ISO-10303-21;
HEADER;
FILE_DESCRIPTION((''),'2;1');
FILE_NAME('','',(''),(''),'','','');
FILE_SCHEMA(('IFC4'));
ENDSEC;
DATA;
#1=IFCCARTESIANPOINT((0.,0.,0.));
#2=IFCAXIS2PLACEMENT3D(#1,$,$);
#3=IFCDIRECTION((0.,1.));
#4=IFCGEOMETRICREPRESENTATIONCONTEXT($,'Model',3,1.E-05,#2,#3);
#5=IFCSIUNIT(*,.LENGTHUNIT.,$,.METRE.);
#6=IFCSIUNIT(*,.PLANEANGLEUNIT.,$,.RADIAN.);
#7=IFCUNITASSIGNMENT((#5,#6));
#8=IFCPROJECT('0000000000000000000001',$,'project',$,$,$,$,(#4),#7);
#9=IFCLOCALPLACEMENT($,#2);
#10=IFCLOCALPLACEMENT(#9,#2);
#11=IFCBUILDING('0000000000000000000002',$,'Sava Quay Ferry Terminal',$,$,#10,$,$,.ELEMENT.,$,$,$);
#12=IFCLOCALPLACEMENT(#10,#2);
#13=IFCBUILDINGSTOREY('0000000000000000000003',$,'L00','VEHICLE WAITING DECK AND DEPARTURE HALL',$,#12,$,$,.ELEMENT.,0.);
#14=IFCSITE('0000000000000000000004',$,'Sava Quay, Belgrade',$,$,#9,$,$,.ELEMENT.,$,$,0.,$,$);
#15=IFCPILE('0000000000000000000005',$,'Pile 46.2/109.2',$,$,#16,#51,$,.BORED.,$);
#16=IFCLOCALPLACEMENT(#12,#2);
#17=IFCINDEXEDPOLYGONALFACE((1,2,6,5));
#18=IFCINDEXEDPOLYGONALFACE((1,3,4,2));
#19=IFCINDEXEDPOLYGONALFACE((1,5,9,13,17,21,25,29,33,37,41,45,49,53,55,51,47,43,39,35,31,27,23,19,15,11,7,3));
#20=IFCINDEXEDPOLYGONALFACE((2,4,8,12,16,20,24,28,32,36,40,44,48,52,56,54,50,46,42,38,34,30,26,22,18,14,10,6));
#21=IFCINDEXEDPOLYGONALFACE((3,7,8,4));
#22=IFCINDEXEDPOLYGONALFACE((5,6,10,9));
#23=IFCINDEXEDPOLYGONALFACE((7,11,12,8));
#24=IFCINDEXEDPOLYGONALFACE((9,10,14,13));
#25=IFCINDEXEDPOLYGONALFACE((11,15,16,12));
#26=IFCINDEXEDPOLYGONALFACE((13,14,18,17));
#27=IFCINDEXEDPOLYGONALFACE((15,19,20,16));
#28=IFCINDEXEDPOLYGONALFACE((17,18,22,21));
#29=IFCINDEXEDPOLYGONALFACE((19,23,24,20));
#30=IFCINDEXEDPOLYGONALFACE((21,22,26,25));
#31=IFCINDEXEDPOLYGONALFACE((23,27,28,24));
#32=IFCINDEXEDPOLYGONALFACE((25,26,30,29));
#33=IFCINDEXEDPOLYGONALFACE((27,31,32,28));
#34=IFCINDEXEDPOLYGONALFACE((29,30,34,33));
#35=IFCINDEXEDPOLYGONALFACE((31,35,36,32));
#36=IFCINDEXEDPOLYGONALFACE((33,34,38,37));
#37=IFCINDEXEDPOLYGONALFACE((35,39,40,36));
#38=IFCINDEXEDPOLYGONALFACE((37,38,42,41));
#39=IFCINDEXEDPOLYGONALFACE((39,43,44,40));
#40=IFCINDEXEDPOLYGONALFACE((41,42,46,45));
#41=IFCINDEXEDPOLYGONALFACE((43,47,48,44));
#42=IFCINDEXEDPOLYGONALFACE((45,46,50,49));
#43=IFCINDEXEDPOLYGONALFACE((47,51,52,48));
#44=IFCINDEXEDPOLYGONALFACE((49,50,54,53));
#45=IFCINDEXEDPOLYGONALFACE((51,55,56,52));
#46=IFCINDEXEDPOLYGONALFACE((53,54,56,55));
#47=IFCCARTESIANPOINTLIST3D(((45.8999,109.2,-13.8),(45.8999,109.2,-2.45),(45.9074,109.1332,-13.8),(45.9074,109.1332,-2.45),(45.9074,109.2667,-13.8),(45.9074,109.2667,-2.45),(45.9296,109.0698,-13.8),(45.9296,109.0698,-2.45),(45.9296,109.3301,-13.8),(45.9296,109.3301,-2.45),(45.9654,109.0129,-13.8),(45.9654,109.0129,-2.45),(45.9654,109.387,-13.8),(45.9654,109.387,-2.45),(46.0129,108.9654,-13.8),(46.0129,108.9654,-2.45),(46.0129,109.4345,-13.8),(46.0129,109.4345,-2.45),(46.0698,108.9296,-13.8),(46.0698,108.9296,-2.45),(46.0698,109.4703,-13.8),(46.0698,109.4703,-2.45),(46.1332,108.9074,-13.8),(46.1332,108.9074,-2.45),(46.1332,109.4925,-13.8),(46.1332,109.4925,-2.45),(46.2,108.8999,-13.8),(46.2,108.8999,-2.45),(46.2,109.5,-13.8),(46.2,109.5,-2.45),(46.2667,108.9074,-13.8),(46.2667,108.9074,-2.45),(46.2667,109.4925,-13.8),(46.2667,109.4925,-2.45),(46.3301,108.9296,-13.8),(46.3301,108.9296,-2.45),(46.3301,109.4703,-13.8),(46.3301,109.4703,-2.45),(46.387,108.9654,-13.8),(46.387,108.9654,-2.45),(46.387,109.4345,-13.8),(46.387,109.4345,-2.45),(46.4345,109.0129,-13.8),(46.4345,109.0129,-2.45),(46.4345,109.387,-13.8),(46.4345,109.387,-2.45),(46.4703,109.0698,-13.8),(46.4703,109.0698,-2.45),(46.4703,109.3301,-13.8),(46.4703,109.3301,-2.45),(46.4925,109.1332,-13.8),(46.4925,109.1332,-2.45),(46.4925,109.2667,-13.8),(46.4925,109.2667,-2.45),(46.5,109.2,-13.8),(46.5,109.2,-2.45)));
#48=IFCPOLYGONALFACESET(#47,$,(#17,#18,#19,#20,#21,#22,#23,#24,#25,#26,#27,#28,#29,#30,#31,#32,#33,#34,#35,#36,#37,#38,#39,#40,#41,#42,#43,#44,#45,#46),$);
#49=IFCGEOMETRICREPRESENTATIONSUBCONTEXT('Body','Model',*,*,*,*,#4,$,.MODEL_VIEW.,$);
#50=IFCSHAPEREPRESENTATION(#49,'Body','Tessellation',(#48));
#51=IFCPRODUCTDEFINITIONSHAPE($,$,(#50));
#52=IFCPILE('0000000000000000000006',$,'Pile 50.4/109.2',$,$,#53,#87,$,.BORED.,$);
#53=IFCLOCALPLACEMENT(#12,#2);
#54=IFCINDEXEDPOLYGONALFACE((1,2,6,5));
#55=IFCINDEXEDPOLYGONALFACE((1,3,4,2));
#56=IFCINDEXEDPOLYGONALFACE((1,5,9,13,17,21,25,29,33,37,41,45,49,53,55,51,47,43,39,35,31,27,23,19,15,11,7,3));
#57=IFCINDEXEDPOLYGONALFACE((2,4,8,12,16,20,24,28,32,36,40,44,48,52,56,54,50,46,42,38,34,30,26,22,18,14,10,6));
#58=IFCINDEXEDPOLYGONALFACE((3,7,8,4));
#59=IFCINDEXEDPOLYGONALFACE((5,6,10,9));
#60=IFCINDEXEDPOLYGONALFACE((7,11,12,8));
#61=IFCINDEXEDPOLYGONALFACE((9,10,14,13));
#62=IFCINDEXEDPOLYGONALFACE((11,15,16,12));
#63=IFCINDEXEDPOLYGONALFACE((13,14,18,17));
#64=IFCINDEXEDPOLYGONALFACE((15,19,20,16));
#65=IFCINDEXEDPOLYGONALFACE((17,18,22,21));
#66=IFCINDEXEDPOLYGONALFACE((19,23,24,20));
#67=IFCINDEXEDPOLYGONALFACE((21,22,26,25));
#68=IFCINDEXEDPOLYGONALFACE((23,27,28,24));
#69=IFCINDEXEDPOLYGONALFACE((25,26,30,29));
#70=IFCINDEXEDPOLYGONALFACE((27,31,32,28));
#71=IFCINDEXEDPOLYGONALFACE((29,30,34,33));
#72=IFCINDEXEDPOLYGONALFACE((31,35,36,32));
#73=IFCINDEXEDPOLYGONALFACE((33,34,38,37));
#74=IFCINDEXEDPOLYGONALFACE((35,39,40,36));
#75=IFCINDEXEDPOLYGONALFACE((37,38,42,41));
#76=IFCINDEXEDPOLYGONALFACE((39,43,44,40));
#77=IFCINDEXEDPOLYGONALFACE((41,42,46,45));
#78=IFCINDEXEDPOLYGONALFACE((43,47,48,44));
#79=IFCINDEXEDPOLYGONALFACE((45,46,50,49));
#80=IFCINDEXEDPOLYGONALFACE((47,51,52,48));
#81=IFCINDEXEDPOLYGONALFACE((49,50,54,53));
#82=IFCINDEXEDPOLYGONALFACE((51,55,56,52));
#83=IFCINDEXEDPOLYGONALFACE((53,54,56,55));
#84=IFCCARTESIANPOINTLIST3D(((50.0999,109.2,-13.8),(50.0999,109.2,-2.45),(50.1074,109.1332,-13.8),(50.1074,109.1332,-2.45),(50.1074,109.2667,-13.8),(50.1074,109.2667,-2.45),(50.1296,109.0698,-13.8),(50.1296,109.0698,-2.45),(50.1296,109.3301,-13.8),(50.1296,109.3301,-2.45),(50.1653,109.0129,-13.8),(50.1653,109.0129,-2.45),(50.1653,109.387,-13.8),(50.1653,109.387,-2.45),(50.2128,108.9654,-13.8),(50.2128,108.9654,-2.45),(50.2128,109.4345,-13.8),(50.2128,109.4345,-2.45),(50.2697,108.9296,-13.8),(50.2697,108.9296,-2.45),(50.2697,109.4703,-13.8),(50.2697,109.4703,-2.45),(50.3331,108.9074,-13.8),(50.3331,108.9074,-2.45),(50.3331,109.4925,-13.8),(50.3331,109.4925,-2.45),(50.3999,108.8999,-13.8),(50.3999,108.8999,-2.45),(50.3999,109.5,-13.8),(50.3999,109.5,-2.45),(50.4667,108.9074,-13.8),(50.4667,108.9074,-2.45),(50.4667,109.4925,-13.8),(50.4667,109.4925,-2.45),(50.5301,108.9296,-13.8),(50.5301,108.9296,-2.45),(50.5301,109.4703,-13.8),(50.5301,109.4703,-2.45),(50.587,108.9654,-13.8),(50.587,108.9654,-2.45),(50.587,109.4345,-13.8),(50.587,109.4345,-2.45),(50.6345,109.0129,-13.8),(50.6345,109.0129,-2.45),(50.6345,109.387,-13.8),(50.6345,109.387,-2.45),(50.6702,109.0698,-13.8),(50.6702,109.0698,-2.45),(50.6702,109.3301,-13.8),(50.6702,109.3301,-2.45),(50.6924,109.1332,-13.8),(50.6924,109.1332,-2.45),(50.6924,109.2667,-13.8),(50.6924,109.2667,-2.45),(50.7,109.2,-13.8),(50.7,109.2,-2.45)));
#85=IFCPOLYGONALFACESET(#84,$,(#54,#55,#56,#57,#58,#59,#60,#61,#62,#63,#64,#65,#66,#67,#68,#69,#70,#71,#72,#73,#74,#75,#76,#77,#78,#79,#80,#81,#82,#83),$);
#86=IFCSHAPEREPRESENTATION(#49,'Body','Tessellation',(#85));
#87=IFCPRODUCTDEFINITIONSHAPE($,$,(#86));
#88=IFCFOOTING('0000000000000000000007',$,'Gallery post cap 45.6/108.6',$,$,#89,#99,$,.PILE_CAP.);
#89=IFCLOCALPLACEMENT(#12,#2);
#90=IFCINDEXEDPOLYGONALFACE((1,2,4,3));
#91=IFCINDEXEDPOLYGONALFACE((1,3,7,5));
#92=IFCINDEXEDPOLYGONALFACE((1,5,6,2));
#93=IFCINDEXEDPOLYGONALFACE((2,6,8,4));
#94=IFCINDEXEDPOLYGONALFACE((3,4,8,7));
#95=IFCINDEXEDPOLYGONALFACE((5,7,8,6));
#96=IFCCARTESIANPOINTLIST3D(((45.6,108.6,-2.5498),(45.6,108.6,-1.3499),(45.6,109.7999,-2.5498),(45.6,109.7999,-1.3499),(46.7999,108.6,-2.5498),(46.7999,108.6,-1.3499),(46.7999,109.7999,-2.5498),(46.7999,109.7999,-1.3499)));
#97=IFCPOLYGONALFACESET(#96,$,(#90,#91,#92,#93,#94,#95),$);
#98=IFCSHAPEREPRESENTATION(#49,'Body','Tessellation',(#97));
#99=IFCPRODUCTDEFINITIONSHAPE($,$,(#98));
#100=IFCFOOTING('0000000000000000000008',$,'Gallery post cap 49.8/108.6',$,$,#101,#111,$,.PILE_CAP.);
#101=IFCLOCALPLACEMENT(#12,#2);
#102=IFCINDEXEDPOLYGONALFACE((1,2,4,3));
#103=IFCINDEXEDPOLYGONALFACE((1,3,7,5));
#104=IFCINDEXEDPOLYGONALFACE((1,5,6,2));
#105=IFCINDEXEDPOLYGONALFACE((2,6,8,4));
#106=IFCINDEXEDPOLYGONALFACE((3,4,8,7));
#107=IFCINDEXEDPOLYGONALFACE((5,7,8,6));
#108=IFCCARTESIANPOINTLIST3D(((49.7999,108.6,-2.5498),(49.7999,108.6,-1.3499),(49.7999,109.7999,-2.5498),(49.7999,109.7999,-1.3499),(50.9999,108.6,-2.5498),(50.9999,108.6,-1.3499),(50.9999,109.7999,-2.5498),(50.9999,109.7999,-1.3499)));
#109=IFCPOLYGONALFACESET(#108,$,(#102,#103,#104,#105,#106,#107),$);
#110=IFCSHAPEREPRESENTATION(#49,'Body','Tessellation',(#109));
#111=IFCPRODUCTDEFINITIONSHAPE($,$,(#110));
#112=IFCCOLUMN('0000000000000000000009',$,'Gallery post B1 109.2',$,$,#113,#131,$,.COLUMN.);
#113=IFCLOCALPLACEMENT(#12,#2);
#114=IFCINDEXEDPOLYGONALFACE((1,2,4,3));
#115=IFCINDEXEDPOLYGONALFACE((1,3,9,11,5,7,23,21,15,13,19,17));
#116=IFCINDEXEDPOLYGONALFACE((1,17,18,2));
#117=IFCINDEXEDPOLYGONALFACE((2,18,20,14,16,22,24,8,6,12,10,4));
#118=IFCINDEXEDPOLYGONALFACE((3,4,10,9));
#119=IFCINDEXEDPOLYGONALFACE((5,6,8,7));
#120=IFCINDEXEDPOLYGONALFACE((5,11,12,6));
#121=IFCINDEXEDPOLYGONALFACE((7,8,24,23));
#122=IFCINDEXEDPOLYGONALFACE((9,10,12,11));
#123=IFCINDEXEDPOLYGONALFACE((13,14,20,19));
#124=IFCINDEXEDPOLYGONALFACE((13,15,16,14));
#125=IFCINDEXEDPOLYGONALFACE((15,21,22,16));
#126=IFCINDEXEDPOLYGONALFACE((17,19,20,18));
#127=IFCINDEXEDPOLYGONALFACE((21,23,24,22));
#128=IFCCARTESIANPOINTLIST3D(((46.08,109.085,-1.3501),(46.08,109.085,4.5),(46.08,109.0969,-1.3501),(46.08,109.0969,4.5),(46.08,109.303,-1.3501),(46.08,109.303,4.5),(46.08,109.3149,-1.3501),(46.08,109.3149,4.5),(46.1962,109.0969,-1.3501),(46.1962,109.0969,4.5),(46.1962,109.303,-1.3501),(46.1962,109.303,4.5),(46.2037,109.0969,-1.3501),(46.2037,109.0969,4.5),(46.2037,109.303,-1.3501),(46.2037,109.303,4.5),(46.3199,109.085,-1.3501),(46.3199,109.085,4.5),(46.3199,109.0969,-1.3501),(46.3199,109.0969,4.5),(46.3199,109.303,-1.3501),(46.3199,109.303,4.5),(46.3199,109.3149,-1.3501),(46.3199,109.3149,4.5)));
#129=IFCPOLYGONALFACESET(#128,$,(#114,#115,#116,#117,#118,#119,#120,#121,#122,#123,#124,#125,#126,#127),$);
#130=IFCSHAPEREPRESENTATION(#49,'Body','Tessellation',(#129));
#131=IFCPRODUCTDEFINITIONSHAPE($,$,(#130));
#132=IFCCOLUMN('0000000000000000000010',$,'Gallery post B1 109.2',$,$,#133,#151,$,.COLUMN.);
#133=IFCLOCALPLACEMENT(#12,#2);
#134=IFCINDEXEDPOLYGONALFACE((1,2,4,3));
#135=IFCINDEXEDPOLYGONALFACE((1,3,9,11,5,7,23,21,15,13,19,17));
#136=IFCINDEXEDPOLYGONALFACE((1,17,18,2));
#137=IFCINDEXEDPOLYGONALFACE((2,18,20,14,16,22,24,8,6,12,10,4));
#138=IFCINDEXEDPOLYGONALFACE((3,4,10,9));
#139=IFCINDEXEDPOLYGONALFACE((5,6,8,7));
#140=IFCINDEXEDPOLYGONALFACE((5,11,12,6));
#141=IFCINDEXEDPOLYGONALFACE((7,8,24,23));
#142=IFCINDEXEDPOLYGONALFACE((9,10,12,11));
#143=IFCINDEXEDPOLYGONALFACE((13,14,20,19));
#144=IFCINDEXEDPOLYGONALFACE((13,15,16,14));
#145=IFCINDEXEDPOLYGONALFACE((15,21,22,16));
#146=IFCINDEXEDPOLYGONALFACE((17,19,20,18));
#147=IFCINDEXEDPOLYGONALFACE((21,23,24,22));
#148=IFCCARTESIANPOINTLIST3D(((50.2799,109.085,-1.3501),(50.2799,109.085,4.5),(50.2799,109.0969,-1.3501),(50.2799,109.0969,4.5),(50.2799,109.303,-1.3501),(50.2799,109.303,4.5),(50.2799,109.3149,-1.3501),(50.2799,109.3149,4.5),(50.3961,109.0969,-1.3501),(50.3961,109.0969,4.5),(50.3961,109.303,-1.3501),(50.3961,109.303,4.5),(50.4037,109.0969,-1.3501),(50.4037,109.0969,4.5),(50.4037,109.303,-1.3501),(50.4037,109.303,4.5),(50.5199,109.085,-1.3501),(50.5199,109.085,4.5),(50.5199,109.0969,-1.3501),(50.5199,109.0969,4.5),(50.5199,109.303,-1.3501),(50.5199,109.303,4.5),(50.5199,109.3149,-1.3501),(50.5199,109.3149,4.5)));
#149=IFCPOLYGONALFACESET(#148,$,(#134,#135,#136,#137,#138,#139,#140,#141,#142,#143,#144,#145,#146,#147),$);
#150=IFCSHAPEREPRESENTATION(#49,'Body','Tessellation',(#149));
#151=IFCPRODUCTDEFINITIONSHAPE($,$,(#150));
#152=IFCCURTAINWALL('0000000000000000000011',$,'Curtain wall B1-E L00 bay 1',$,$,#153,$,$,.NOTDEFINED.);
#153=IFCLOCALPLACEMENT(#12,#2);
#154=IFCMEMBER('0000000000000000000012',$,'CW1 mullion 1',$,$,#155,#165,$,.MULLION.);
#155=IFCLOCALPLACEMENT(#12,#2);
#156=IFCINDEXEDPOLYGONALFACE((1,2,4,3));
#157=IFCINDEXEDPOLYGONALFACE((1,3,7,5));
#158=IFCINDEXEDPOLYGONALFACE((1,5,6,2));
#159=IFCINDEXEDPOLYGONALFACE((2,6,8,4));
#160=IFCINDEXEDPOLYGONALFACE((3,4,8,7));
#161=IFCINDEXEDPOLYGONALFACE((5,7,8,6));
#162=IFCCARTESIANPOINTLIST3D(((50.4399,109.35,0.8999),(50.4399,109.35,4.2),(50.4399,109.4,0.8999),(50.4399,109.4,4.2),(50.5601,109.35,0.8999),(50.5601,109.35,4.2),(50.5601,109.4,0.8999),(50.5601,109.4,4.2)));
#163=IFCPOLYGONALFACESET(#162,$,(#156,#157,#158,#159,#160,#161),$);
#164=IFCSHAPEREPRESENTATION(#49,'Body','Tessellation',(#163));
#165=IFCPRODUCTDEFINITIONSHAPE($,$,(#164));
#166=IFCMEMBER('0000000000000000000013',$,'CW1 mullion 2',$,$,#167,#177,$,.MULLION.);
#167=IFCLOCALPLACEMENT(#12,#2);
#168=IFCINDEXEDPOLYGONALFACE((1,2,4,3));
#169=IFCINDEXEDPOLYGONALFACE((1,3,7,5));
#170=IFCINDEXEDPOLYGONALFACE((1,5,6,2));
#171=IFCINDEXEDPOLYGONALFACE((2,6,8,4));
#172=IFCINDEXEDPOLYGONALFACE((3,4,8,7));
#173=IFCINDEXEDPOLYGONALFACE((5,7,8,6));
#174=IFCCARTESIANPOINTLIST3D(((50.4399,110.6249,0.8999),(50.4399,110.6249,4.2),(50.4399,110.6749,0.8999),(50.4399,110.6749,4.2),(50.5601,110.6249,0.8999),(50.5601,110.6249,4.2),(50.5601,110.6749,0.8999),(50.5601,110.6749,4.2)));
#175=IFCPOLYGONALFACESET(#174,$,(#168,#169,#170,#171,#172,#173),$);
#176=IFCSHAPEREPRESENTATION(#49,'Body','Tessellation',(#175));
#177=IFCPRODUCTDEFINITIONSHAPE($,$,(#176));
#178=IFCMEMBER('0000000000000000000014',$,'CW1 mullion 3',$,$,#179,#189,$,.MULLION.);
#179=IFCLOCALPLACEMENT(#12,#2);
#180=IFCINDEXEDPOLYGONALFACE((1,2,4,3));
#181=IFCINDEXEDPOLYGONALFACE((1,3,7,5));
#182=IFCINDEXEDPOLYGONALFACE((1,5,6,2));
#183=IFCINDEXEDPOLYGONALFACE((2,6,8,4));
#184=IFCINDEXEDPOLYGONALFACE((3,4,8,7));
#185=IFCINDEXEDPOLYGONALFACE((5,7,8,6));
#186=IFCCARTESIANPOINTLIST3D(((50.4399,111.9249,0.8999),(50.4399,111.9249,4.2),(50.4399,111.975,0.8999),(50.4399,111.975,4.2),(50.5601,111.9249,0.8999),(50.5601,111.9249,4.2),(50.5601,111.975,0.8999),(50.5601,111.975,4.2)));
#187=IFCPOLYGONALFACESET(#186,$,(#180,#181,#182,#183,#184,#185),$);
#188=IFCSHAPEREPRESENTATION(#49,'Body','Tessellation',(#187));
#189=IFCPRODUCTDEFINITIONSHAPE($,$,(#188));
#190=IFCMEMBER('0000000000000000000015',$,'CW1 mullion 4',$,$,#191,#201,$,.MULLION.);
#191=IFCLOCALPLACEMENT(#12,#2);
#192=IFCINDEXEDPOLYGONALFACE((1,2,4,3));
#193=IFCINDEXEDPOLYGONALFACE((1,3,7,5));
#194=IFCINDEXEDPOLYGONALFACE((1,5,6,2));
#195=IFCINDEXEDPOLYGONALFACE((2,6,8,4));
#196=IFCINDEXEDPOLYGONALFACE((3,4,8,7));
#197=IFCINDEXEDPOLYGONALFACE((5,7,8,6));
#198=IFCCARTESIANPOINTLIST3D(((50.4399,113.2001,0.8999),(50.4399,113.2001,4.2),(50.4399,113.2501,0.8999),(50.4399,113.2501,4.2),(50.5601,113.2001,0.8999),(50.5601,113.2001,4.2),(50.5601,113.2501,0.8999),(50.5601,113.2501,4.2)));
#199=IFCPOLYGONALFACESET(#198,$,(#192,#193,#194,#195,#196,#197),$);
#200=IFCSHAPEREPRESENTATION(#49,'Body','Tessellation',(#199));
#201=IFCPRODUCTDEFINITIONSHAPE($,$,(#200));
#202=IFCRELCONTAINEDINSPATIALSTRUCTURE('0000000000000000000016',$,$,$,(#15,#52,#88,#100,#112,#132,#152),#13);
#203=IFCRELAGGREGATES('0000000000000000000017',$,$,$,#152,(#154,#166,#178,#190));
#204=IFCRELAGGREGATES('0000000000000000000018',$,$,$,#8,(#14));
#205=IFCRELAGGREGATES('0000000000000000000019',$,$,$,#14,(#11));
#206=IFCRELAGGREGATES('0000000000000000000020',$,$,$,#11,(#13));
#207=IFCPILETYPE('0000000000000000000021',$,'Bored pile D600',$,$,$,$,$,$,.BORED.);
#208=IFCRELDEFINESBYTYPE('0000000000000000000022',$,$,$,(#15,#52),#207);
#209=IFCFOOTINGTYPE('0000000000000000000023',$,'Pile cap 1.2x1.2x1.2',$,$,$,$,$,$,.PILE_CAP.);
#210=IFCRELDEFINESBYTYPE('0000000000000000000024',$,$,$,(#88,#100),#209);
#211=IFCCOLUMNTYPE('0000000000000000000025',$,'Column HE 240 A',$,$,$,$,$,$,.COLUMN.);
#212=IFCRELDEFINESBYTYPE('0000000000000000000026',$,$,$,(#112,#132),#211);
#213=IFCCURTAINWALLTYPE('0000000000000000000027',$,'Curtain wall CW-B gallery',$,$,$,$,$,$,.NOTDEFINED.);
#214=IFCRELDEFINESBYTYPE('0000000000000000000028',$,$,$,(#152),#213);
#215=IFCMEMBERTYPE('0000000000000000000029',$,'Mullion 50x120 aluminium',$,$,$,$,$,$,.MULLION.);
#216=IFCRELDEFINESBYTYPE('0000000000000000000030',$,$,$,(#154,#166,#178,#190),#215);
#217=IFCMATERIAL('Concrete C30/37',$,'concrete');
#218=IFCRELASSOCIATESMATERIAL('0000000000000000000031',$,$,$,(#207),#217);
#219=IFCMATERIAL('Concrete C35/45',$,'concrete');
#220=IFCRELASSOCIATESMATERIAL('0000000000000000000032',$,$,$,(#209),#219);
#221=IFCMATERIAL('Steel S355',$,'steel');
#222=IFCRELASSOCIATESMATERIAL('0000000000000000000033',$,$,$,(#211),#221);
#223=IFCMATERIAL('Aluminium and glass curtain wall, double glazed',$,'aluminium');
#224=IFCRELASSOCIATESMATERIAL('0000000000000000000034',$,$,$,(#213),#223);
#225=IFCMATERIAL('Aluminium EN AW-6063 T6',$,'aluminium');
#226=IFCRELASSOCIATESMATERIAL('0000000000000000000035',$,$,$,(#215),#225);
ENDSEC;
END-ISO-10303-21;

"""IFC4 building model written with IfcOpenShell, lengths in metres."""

from ifc_helpers import new_model, si_unit, direction, frame, origin, origin_2d, place, context, subcontext, project, spatial, rectangle, circle, i_section, extrude, material, material_profile, profile_set, type_object, element, aggregate, save


model = new_model("IFC4")

# Units and contexts
model_context = context("Model", 3, precision=1e-05, world=origin(), true_north=direction((0.0, 1.0)))
body_context = subcontext(model_context, "Body", "Model", "MODEL_VIEW")
ifc_project = project(units=[si_unit("LENGTHUNIT", "METRE"), si_unit("PLANEANGLEUNIT", "RADIAN")], contexts=[model_context])

# Site, building, storey
site_placement = place(None, origin())
site = spatial("IfcSite", under=ifc_project, at=site_placement, Name="Sava Quay, Belgrade", CompositionType="ELEMENT", RefElevation=0.0)
building_placement = place(site_placement, origin())
building = spatial("IfcBuilding", under=site, at=building_placement, Name="Sava Quay Ferry Terminal", CompositionType="ELEMENT")
storey_placement = place(building_placement, origin())
storey = spatial("IfcBuildingStorey", under=building, at=storey_placement, Name="L00", Description="VEHICLE WAITING DECK AND DEPARTURE HALL", CompositionType="ELEMENT", Elevation=0.0)

# Piles
ifc_material_1 = material(Name="Concrete C30/37", Category="concrete")
ifc_material_profile_1 = material_profile(ifc_material_1, circle(Radius=0.3, at=origin_2d()), Name="Bored pile D600")
ifc_profile_set_1 = profile_set([ifc_material_profile_1], Name="Concrete C30/37")
pile_type = type_object("IfcPileType", Name="Bored pile D600", PredefinedType="BORED", material=ifc_profile_set_1)
for number, where, z_axis, x_axis, name in (
    (1, (46.2, 109.2, -2.45), (0.0, 0.0, -1.0), (1.0, 0.0, 0.0), "Pile 46.2/109.2"),
    (2, (50.3999, 109.2, -2.45), (0.0, 0.0, -1.0), (1.0, 0.0, 0.0), "Pile 50.4/109.2"),
):
    element("IfcPile", number, at=place(storey_placement, frame(where, z_axis=z_axis, x_axis=x_axis)), inside=storey, type_object=pile_type, Name=name, PredefinedType="BORED", context=body_context, shape_type="SweptSolid", body=[
        extrude(circle(Radius=0.3, at=origin_2d()), origin(), (0.0, 0.0, 1.0), 11.3501),
    ])

# Footings
ifc_material_2 = material(Name="Concrete C35/45", Category="concrete")
footing_type = type_object("IfcFootingType", Name="Pile cap 1.2x1.2x1.2", PredefinedType="PILE_CAP", material=ifc_material_2)
for number, where, z_axis, x_axis, name in (
    (3, (46.2, 109.2, -2.5498), (0.0, 0.0, 1.0), (1.0, 0.0, 0.0), "Gallery post cap 45.6/108.6"),
    (4, (50.3999, 109.2, -2.5498), (0.0, 0.0, 1.0), (1.0, 0.0, 0.0), "Gallery post cap 49.8/108.6"),
):
    element("IfcFooting", number, at=place(storey_placement, frame(where, z_axis=z_axis, x_axis=x_axis)), inside=storey, type_object=footing_type, Name=name, PredefinedType="PILE_CAP", context=body_context, shape_type="SweptSolid", body=[
        extrude(rectangle(XDim=1.2, YDim=1.2, at=origin_2d()), origin(), (0.0, 0.0, 1.0), 1.2),
    ])

# Columns
ifc_material_3 = material(Name="Steel S355", Category="steel")
ifc_material_profile_2 = material_profile(ifc_material_3, i_section(OverallWidth=0.24, OverallDepth=0.23, WebThickness=0.0076, FlangeThickness=0.012, at=origin_2d()), Name="HE 240 A")
ifc_profile_set_2 = profile_set([ifc_material_profile_2], Name="Steel S355")
column_type = type_object("IfcColumnType", Name="Column HE 240 A", PredefinedType="COLUMN", material=ifc_profile_set_2)
for number, where, z_axis, x_axis, name in (
    (5, (46.2, 109.2, -1.3501), (0.0, 0.0, 1.0), (1.0, 0.0, 0.0), "Gallery post B1 109.2"),
    (6, (50.3999, 109.2, -1.3501), (0.0, 0.0, 1.0), (1.0, 0.0, 0.0), "Gallery post B1 109.2"),
):
    element("IfcColumn", number, at=place(storey_placement, frame(where, z_axis=z_axis, x_axis=x_axis)), inside=storey, type_object=column_type, Name=name, PredefinedType="COLUMN", context=body_context, shape_type="SweptSolid", body=[
        extrude(i_section(OverallWidth=0.24, OverallDepth=0.23, WebThickness=0.0076, FlangeThickness=0.012, at=origin_2d()), origin(), (0.0, 0.0, 1.0), 5.8501),
    ])

# Curtain wall, members
ifc_material_4 = material(Name="Aluminium and glass curtain wall, double glazed", Category="aluminium")
curtain_wall_type = type_object("IfcCurtainWallType", Name="Curtain wall CW-B gallery", PredefinedType="NOTDEFINED", material=ifc_material_4)
curtain_wall_1_placement = place(storey_placement, origin())
curtain_wall_1 = element("IfcCurtainWall", 7, at=curtain_wall_1_placement, inside=storey, type_object=curtain_wall_type, Name="Curtain wall B1-E L00 bay 1", PredefinedType="NOTDEFINED")
ifc_material_5 = material(Name="Aluminium EN AW-6063 T6", Category="aluminium")
ifc_material_profile_3 = material_profile(ifc_material_5, rectangle(XDim=0.1201, YDim=0.05, at=origin_2d()), Name="Mullion 50x120 aluminium")
ifc_profile_set_3 = profile_set([ifc_material_profile_3], Name="Aluminium EN AW-6063 T6")
member_type_1 = type_object("IfcMemberType", Name="Mullion 50x120 aluminium", PredefinedType="MULLION", material=ifc_profile_set_3)
member_1_placement = place(storey_placement, frame((50.5, 109.375, 0.8999), z_axis=(0.0, 0.0, 1.0), x_axis=(-1.0, 0.0, 0.0)))
member_1 = element("IfcMember", 8, at=member_1_placement, type_object=member_type_1, Name="CW1 mullion 1", PredefinedType="MULLION", context=body_context, shape_type="SweptSolid", body=[
    extrude(rectangle(XDim=0.1201, YDim=0.05, at=origin_2d()), origin(), (0.0, 0.0, 1.0), 3.3),
])
member_2_placement = place(storey_placement, frame((50.5, 110.6499, 0.8999), z_axis=(0.0, 0.0, 1.0), x_axis=(-1.0, 0.0, 0.0)))
member_2 = element("IfcMember", 9, at=member_2_placement, type_object=member_type_1, Name="CW1 mullion 2", PredefinedType="MULLION", context=body_context, shape_type="SweptSolid", body=[
    extrude(rectangle(XDim=0.1201, YDim=0.05, at=origin_2d()), origin(), (0.0, 0.0, 1.0), 3.3),
])
member_3_placement = place(storey_placement, frame((50.5, 111.95, 0.8999), z_axis=(0.0, 0.0, 1.0), x_axis=(-1.0, 0.0, 0.0)))
member_3 = element("IfcMember", 10, at=member_3_placement, type_object=member_type_1, Name="CW1 mullion 3", PredefinedType="MULLION", context=body_context, shape_type="SweptSolid", body=[
    extrude(rectangle(XDim=0.1201, YDim=0.05, at=origin_2d()), origin(), (0.0, 0.0, 1.0), 3.3),
])
member_4_placement = place(storey_placement, frame((50.5, 113.2251, 0.8999), z_axis=(0.0, 0.0, 1.0), x_axis=(-1.0, 0.0, 0.0)))
member_4 = element("IfcMember", 11, at=member_4_placement, type_object=member_type_1, Name="CW1 mullion 4", PredefinedType="MULLION", context=body_context, shape_type="SweptSolid", body=[
    extrude(rectangle(XDim=0.1201, YDim=0.05, at=origin_2d()), origin(), (0.0, 0.0, 1.0), 3.3),
])

aggregate(curtain_wall_1, [member_1, member_2, member_3, member_4])

save(model, "model.ifc")
